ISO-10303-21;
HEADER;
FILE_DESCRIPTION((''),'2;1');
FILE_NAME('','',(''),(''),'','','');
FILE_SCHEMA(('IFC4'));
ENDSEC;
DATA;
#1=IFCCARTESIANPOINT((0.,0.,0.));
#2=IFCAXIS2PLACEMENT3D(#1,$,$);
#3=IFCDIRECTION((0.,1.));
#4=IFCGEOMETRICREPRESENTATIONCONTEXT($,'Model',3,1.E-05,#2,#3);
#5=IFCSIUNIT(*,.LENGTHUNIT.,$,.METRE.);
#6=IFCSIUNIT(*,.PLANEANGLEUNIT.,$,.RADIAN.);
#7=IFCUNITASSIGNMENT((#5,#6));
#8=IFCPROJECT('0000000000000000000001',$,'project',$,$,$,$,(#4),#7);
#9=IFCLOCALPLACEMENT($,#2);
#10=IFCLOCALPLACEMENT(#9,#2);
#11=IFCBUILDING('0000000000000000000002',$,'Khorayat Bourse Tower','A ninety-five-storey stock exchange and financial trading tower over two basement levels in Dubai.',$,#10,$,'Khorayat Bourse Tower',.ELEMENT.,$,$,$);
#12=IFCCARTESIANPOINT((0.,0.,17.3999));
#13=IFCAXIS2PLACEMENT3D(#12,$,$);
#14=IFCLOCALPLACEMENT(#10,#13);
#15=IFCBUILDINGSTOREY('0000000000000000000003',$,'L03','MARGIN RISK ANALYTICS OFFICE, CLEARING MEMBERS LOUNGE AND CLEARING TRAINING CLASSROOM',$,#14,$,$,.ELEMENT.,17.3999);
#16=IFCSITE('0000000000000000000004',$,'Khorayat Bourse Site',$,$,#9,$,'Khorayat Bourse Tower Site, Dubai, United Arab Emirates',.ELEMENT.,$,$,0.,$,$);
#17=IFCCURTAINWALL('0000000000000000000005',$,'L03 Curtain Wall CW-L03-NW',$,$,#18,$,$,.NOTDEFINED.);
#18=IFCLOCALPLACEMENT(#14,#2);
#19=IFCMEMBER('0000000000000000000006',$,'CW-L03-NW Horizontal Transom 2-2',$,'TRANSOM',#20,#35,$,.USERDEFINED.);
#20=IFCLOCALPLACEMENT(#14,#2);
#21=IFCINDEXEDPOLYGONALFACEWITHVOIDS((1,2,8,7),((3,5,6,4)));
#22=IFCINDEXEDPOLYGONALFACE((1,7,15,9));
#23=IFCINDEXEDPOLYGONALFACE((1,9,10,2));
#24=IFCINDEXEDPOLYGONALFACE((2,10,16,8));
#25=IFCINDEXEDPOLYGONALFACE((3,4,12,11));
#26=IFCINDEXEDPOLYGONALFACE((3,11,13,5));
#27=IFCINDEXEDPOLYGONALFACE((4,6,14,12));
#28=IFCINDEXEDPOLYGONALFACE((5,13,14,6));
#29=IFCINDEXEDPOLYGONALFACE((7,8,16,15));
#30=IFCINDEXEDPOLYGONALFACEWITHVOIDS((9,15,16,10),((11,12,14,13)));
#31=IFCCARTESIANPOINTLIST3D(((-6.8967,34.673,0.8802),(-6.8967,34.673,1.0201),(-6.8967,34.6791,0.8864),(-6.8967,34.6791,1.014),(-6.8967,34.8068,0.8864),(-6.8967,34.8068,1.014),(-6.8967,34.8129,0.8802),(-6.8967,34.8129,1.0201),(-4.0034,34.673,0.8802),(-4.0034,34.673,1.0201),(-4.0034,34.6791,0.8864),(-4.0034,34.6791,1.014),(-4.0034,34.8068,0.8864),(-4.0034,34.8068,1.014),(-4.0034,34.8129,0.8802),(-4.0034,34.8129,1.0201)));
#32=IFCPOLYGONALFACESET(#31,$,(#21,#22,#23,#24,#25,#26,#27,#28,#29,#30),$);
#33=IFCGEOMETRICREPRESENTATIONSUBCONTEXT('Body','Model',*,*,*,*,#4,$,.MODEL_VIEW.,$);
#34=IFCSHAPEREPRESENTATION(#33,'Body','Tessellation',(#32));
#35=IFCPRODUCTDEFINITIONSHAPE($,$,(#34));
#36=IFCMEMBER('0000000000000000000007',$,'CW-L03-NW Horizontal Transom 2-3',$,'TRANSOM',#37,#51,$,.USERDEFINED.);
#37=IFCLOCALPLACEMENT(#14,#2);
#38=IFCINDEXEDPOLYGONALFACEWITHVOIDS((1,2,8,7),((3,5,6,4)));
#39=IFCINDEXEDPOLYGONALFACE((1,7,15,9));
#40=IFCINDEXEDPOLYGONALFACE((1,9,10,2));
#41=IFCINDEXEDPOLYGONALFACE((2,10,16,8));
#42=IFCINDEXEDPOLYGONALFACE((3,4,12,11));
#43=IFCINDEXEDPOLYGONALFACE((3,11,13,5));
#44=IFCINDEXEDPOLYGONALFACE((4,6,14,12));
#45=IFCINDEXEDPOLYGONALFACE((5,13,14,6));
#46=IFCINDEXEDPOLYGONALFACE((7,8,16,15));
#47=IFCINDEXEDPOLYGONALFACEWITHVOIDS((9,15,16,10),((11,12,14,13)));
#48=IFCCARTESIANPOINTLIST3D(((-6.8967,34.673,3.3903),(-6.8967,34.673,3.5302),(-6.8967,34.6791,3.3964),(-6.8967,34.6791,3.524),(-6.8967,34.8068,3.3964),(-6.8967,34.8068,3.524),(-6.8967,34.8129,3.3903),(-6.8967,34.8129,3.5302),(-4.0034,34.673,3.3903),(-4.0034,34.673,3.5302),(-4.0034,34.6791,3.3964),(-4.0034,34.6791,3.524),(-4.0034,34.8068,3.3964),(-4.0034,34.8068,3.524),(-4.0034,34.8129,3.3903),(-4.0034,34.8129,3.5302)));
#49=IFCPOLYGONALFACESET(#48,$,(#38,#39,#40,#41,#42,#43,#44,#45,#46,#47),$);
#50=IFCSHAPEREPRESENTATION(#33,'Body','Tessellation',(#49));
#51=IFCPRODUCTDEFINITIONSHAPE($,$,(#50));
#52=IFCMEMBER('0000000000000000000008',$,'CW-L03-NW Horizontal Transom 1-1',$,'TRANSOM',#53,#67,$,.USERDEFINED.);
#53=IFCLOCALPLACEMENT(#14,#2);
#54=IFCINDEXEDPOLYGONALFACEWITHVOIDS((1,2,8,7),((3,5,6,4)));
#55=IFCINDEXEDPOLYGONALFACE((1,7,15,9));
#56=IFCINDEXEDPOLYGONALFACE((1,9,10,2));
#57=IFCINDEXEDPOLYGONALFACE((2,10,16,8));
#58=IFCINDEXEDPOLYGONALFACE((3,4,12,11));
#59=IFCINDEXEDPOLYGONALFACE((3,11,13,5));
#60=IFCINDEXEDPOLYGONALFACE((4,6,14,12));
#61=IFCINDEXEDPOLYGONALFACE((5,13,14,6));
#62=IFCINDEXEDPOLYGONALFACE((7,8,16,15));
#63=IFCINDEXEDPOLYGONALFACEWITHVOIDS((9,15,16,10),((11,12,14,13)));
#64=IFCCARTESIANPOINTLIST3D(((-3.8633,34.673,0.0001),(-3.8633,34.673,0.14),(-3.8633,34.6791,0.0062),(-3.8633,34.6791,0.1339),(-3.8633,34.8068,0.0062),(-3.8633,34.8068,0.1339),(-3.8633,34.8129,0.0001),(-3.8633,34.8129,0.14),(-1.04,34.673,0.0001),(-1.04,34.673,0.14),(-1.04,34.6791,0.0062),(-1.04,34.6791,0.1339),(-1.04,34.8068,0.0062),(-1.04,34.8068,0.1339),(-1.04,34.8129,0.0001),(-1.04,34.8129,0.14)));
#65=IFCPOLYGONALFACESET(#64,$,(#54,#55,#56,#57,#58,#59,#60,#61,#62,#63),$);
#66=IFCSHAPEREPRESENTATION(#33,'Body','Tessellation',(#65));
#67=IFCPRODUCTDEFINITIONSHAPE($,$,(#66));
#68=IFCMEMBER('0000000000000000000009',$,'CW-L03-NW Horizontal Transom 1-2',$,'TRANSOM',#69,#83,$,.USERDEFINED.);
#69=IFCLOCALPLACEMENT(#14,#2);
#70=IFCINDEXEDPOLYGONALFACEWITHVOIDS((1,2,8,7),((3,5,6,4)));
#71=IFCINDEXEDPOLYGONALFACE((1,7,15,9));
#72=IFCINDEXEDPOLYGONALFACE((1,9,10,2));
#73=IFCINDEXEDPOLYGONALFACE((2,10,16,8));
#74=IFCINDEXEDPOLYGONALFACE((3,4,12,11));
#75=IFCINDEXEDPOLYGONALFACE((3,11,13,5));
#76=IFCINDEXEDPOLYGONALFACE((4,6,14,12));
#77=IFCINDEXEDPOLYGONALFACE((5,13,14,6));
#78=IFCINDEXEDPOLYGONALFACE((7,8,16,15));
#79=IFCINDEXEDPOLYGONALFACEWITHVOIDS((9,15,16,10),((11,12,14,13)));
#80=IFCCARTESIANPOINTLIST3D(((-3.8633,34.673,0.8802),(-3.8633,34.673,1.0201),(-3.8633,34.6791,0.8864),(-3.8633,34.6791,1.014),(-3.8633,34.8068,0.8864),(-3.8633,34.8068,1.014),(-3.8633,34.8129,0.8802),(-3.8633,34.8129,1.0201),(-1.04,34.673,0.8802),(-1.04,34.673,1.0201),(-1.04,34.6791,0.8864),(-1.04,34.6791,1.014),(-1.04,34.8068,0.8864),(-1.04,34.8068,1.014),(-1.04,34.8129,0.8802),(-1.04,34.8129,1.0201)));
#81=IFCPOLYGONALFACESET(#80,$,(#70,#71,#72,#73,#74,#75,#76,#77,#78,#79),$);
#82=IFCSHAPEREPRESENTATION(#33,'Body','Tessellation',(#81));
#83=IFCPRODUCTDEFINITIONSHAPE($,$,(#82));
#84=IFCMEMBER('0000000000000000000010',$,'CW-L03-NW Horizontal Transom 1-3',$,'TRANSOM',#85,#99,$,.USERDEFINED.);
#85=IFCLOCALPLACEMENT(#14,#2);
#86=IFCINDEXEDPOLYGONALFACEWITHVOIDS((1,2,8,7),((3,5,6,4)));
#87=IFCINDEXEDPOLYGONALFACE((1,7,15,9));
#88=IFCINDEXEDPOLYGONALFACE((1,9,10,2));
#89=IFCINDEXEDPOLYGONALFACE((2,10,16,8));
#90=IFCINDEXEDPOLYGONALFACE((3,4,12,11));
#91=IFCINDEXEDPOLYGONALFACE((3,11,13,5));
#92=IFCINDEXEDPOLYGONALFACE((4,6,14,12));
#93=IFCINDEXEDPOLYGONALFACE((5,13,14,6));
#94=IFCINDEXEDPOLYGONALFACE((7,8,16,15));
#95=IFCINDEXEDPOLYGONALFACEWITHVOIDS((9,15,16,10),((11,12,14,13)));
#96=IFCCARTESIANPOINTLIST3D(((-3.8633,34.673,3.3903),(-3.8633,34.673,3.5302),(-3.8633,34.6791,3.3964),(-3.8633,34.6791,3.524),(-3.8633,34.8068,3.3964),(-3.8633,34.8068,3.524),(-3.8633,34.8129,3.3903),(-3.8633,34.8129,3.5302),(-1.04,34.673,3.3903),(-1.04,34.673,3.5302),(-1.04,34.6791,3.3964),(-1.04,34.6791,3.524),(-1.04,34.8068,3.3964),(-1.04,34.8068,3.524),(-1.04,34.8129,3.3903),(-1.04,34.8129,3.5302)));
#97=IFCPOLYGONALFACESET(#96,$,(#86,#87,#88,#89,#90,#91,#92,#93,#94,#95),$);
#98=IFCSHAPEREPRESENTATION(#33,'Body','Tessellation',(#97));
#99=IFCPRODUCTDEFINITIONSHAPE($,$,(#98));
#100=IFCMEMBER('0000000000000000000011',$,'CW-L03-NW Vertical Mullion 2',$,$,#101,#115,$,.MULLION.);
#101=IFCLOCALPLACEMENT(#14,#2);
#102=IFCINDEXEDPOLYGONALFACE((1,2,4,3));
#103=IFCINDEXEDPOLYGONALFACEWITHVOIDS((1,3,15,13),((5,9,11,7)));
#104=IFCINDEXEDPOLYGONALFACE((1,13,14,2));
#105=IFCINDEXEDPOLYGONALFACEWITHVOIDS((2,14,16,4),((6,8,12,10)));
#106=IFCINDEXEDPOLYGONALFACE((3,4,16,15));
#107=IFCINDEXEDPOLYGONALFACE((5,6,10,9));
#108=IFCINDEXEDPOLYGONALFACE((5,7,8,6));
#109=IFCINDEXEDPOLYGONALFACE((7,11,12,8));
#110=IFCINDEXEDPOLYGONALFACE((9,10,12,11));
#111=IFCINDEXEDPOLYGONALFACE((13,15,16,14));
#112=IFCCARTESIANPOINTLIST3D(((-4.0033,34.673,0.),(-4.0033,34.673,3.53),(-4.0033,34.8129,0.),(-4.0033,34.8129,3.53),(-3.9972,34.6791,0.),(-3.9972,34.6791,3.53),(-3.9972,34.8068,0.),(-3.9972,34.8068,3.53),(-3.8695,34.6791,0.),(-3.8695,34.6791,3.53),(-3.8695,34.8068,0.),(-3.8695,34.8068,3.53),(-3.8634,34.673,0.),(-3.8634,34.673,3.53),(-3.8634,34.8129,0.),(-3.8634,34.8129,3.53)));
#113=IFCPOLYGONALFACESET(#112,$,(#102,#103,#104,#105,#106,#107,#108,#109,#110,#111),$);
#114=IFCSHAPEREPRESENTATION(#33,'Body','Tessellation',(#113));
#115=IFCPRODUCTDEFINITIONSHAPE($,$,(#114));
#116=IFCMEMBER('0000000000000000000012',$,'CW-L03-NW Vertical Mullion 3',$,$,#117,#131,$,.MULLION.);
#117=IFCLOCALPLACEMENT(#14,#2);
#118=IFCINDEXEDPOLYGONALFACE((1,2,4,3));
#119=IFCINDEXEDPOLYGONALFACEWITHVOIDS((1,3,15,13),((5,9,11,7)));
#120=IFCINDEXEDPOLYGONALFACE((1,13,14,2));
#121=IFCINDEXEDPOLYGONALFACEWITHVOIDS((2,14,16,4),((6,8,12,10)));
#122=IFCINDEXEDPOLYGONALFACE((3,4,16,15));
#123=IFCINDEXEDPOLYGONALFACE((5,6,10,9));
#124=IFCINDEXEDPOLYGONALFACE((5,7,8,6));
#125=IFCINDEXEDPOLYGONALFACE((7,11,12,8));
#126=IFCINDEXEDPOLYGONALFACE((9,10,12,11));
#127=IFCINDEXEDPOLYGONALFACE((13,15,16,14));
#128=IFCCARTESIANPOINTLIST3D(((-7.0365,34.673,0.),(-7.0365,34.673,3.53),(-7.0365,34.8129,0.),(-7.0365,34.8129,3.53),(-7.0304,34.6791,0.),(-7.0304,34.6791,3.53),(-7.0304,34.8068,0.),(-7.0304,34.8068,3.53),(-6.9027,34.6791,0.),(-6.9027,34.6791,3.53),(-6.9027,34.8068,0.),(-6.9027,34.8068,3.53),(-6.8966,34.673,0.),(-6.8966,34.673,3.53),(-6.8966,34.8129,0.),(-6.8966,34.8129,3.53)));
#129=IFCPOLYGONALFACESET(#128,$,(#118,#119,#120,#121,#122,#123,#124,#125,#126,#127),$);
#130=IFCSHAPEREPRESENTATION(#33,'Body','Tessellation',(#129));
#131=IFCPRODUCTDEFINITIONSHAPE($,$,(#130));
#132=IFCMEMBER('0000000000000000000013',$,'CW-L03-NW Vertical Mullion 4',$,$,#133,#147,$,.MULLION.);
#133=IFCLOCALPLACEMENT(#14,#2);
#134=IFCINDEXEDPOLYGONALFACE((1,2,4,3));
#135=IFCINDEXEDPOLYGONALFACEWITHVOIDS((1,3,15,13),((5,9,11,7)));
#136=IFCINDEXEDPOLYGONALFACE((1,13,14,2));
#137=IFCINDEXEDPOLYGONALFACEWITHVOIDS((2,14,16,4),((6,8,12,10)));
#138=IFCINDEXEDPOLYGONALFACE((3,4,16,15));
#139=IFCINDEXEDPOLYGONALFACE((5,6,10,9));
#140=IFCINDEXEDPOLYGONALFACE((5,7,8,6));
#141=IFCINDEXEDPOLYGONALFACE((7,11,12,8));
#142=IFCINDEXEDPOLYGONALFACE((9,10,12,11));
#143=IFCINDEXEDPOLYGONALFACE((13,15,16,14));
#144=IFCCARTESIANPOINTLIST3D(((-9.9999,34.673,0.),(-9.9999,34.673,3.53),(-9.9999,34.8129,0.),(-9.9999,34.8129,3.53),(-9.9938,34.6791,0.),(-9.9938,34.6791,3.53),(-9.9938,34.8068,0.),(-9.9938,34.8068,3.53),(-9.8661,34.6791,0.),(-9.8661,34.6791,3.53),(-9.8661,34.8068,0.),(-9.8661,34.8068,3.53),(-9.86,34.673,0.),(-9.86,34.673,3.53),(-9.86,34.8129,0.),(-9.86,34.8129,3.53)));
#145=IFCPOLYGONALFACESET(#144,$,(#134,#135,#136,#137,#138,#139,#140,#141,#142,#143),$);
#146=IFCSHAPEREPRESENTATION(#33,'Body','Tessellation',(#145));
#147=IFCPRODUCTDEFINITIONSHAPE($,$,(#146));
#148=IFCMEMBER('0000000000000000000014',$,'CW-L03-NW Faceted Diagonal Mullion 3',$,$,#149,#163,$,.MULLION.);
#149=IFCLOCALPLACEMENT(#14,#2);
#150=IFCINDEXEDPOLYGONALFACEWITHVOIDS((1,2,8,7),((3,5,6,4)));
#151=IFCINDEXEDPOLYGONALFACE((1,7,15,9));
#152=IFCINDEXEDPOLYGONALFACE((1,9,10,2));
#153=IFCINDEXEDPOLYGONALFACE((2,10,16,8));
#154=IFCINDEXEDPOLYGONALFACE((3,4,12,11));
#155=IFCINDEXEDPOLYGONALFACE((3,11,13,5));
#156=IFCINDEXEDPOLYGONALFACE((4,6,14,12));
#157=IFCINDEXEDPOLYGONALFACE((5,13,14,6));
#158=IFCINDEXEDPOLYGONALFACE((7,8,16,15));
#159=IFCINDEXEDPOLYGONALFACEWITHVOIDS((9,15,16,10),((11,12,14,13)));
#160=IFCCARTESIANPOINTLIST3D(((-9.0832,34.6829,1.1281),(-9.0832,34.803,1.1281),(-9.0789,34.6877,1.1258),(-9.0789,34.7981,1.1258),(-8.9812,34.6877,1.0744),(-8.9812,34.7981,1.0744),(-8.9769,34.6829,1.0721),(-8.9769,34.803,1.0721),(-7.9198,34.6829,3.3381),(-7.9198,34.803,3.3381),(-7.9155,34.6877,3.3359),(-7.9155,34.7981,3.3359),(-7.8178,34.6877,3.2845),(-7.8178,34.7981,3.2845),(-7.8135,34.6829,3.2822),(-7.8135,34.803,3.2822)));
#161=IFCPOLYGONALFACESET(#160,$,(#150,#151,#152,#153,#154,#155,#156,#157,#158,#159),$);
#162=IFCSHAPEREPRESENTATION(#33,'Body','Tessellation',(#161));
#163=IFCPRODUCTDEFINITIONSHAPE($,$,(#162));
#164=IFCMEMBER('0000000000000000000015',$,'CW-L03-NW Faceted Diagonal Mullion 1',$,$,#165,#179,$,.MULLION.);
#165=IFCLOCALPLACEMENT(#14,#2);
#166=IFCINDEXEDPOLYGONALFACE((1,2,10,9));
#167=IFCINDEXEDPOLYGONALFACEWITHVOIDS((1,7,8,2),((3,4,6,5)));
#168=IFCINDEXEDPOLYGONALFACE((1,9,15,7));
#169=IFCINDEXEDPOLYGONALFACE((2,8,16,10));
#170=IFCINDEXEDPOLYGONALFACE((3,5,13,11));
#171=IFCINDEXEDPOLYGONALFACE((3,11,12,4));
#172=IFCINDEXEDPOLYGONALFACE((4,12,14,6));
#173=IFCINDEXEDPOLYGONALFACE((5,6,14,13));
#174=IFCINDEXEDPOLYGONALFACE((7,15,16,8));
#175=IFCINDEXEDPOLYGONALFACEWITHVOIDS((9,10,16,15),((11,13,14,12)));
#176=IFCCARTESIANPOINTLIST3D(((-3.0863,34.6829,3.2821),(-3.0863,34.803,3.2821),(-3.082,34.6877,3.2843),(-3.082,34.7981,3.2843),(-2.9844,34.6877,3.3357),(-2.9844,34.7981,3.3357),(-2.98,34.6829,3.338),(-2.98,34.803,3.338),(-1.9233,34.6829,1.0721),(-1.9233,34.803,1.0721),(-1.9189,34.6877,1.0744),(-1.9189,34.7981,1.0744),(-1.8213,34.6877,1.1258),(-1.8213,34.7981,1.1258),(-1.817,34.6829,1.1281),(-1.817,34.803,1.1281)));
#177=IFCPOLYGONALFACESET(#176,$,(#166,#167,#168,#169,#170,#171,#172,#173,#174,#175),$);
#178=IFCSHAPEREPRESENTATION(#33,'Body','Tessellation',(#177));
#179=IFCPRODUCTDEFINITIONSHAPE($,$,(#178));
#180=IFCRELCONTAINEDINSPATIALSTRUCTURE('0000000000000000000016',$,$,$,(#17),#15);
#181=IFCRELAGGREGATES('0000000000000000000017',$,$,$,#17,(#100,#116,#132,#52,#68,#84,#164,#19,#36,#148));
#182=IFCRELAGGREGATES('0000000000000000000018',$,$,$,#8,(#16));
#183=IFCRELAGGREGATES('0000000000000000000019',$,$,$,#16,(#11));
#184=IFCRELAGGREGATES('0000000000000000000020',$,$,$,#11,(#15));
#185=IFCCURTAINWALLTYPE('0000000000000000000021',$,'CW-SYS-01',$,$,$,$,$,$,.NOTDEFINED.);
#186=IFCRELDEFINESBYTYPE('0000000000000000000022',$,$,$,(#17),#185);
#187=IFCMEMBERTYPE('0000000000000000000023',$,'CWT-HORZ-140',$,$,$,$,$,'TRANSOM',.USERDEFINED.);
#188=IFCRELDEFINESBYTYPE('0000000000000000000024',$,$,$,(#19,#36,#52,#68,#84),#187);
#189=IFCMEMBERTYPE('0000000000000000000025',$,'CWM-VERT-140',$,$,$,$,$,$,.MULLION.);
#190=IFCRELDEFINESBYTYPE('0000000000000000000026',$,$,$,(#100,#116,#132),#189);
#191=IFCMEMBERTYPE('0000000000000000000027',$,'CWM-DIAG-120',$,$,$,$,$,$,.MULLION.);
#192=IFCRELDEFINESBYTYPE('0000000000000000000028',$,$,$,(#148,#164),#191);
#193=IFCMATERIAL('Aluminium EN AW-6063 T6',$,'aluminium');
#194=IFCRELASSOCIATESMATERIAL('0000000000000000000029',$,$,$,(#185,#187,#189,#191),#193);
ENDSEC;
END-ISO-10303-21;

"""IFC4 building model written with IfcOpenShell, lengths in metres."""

from ifc_helpers import new_model, si_unit, direction, frame, origin, origin_2d, place, context, subcontext, project, spatial, hollow_rectangle, extrude, source, transform, mapped, material, material_profile, profile_set, type_object, element, aggregate, save


model = new_model("IFC4")

# Units and contexts
model_context = context("Model", 3, precision=1e-05, world=origin(), true_north=direction((0.0, 1.0)))
body_context = subcontext(model_context, "Body", "Model", "MODEL_VIEW")
ifc_project = project(units=[si_unit("LENGTHUNIT", "METRE"), si_unit("PLANEANGLEUNIT", "RADIAN")], contexts=[model_context])

# Site, building, storey
site_placement = place(None, origin())
site = spatial("IfcSite", under=ifc_project, at=site_placement, Name="Khorayat Bourse Site", LongName="Khorayat Bourse Tower Site, Dubai, United Arab Emirates", CompositionType="ELEMENT", RefElevation=0.0)
building_placement = place(site_placement, origin())
building = spatial("IfcBuilding", under=site, at=building_placement, Name="Khorayat Bourse Tower", Description="A ninety-five-storey stock exchange and financial trading tower over two basement levels in Dubai.", LongName="Khorayat Bourse Tower", CompositionType="ELEMENT")
storey_placement = place(building_placement, frame((0.0, 0.0, 17.3999)))
storey = spatial("IfcBuildingStorey", under=building, at=storey_placement, Name="L03", Description="MARGIN RISK ANALYTICS OFFICE, CLEARING MEMBERS LOUNGE AND CLEARING TRAINING CLASSROOM", CompositionType="ELEMENT", Elevation=17.3999)

# Curtain wall, members
ifc_material_1 = material(Name="Aluminium EN AW-6063 T6", Category="aluminium")
curtain_wall_type = type_object("IfcCurtainWallType", Name="CW-SYS-01", PredefinedType="NOTDEFINED", material=ifc_material_1)
curtain_wall_placement = place(storey_placement, origin())
curtain_wall = element("IfcCurtainWall", 1, at=curtain_wall_placement, inside=storey, type_object=curtain_wall_type, Name="L03 Curtain Wall CW-L03-NW", PredefinedType="NOTDEFINED")
ifc_material_profile_1 = material_profile(ifc_material_1, hollow_rectangle(XDim=0.1399, YDim=0.1399, WallThickness=0.0061, at=origin_2d()), Name="ALU 140x140x6")
ifc_profile_set_1 = profile_set([ifc_material_profile_1], Name="Aluminium EN AW-6063 T6")
member_type_1 = type_object("IfcMemberType", Name="CWT-HORZ-140", ElementType="TRANSOM", PredefinedType="USERDEFINED", material=ifc_profile_set_1)
shared_shape_1 = source(origin(), body_context, "Body", "SweptSolid", [
    extrude(hollow_rectangle(XDim=0.1399, YDim=0.1399, WallThickness=0.0061, at=origin_2d()), origin(), (0.0, 0.0, 1.0), 2.8933),
])
member_1_placement = place(storey_placement, frame((-4.0034, 34.7429, 0.9502), z_axis=(-1.0, 0.0, 0.0), x_axis=(0.0, -1.0, 0.0)))
member_1 = element("IfcMember", 2, at=member_1_placement, type_object=member_type_1, Name="CW-L03-NW Horizontal Transom 2-2", ObjectType="TRANSOM", PredefinedType="USERDEFINED", context=body_context, shape_type="MappedRepresentation", body=[
    mapped(shared_shape_1, transform((0.0, 0.0, 0.0), scale=1.0)),
])
member_2_placement = place(storey_placement, frame((-4.0034, 34.7429, 3.4602), z_axis=(-1.0, 0.0, 0.0), x_axis=(0.0, -1.0, 0.0)))
member_2 = element("IfcMember", 3, at=member_2_placement, type_object=member_type_1, Name="CW-L03-NW Horizontal Transom 2-3", ObjectType="TRANSOM", PredefinedType="USERDEFINED", context=body_context, shape_type="MappedRepresentation", body=[
    mapped(shared_shape_1, transform((0.0, 0.0, 0.0), scale=1.0)),
])
shared_shape_2 = source(origin(), body_context, "Body", "SweptSolid", [
    extrude(hollow_rectangle(XDim=0.1399, YDim=0.1399, WallThickness=0.0061, at=origin_2d()), origin(), (0.0, 0.0, 1.0), 2.8232),
])
member_3_placement = place(storey_placement, frame((-1.04, 34.7429, 0.0701), z_axis=(-1.0, 0.0, 0.0), x_axis=(0.0, -1.0, 0.0)))
member_3 = element("IfcMember", 4, at=member_3_placement, type_object=member_type_1, Name="CW-L03-NW Horizontal Transom 1-1", ObjectType="TRANSOM", PredefinedType="USERDEFINED", context=body_context, shape_type="MappedRepresentation", body=[
    mapped(shared_shape_2, transform((0.0, 0.0, 0.0), scale=1.0)),
])
member_4_placement = place(storey_placement, frame((-1.04, 34.7429, 0.9502), z_axis=(-1.0, 0.0, 0.0), x_axis=(0.0, -1.0, 0.0)))
member_4 = element("IfcMember", 5, at=member_4_placement, type_object=member_type_1, Name="CW-L03-NW Horizontal Transom 1-2", ObjectType="TRANSOM", PredefinedType="USERDEFINED", context=body_context, shape_type="MappedRepresentation", body=[
    mapped(shared_shape_2, transform((0.0, 0.0, 0.0), scale=1.0)),
])
member_5_placement = place(storey_placement, frame((-1.04, 34.7429, 3.4602), z_axis=(-1.0, 0.0, 0.0), x_axis=(0.0, -1.0, 0.0)))
member_5 = element("IfcMember", 6, at=member_5_placement, type_object=member_type_1, Name="CW-L03-NW Horizontal Transom 1-3", ObjectType="TRANSOM", PredefinedType="USERDEFINED", context=body_context, shape_type="MappedRepresentation", body=[
    mapped(shared_shape_2, transform((0.0, 0.0, 0.0), scale=1.0)),
])
ifc_material_profile_2 = material_profile(ifc_material_1, hollow_rectangle(XDim=0.1399, YDim=0.1399, WallThickness=0.0061, at=origin_2d()), Name="ALU 140x140x6")
ifc_profile_set_2 = profile_set([ifc_material_profile_2], Name="Aluminium EN AW-6063 T6")
member_type_2 = type_object("IfcMemberType", Name="CWM-VERT-140", PredefinedType="MULLION", material=ifc_profile_set_2)
shared_shape_3 = source(origin(), body_context, "Body", "SweptSolid", [
    extrude(hollow_rectangle(XDim=0.1399, YDim=0.1399, WallThickness=0.0061, at=origin_2d()), origin(), (0.0, 0.0, 1.0), 3.53),
])
member_6_placement = place(storey_placement, frame((-3.9333, 34.7429, 0.0), z_axis=(0.0, 0.0, 1.0), x_axis=(0.0, -1.0, 0.0)))
member_6 = element("IfcMember", 7, at=member_6_placement, type_object=member_type_2, Name="CW-L03-NW Vertical Mullion 2", PredefinedType="MULLION", context=body_context, shape_type="MappedRepresentation", body=[
    mapped(shared_shape_3, transform((0.0, 0.0, 0.0), scale=1.0)),
])
member_7_placement = place(storey_placement, frame((-6.9666, 34.7429, 0.0), z_axis=(0.0, 0.0, 1.0), x_axis=(0.0, -1.0, 0.0)))
member_7 = element("IfcMember", 8, at=member_7_placement, type_object=member_type_2, Name="CW-L03-NW Vertical Mullion 3", PredefinedType="MULLION", context=body_context, shape_type="MappedRepresentation", body=[
    mapped(shared_shape_3, transform((0.0, 0.0, 0.0), scale=1.0)),
])
member_8_placement = place(storey_placement, frame((-9.9299, 34.7429, 0.0), z_axis=(0.0, 0.0, 1.0), x_axis=(0.0, -1.0, 0.0)))
member_8 = element("IfcMember", 9, at=member_8_placement, type_object=member_type_2, Name="CW-L03-NW Vertical Mullion 4", PredefinedType="MULLION", context=body_context, shape_type="MappedRepresentation", body=[
    mapped(shared_shape_3, transform((0.0, 0.0, 0.0), scale=1.0)),
])
ifc_material_profile_3 = material_profile(ifc_material_1, hollow_rectangle(XDim=0.1201, YDim=0.1201, WallThickness=0.0049, at=origin_2d()), Name="ALU 120x120x5")
ifc_profile_set_3 = profile_set([ifc_material_profile_3], Name="Aluminium EN AW-6063 T6")
member_type_3 = type_object("IfcMemberType", Name="CWM-DIAG-120", PredefinedType="MULLION", material=ifc_profile_set_3)
shared_shape_4 = source(origin(), body_context, "Body", "SweptSolid", [
    extrude(hollow_rectangle(XDim=0.1201, YDim=0.1201, WallThickness=0.0049, at=origin_2d()), origin(), (0.0, 0.0, 1.0), 2.4976),
])
member_9_placement = place(storey_placement, frame((-9.03, 34.7429, 1.1001), z_axis=(0.465807, 0.0, 0.884886), x_axis=(0.0, 1.0, 0.0)))
member_9 = element("IfcMember", 10, at=member_9_placement, type_object=member_type_3, Name="CW-L03-NW Faceted Diagonal Mullion 3", PredefinedType="MULLION", context=body_context, shape_type="MappedRepresentation", body=[
    mapped(shared_shape_4, transform((0.0, 0.0, 0.0), scale=1.0)),
])
shared_shape_5 = source(origin(), body_context, "Body", "SweptSolid", [
    extrude(hollow_rectangle(XDim=0.1201, YDim=0.1201, WallThickness=0.0049, at=origin_2d()), origin(), (0.0, 0.0, 1.0), 2.4973),
])
member_10_placement = place(storey_placement, frame((-1.8701, 34.7429, 1.1001), z_axis=(-0.46573, 0.0, 0.884927), x_axis=(0.0, -1.0, 0.0)))
member_10 = element("IfcMember", 11, at=member_10_placement, type_object=member_type_3, Name="CW-L03-NW Faceted Diagonal Mullion 1", PredefinedType="MULLION", context=body_context, shape_type="MappedRepresentation", body=[
    mapped(shared_shape_5, transform((0.0, 0.0, 0.0), scale=1.0)),
])

aggregate(curtain_wall, [member_6, member_7, member_8, member_3, member_4, member_5, member_10, member_1, member_2, member_9])

save(model, "model.ifc")
